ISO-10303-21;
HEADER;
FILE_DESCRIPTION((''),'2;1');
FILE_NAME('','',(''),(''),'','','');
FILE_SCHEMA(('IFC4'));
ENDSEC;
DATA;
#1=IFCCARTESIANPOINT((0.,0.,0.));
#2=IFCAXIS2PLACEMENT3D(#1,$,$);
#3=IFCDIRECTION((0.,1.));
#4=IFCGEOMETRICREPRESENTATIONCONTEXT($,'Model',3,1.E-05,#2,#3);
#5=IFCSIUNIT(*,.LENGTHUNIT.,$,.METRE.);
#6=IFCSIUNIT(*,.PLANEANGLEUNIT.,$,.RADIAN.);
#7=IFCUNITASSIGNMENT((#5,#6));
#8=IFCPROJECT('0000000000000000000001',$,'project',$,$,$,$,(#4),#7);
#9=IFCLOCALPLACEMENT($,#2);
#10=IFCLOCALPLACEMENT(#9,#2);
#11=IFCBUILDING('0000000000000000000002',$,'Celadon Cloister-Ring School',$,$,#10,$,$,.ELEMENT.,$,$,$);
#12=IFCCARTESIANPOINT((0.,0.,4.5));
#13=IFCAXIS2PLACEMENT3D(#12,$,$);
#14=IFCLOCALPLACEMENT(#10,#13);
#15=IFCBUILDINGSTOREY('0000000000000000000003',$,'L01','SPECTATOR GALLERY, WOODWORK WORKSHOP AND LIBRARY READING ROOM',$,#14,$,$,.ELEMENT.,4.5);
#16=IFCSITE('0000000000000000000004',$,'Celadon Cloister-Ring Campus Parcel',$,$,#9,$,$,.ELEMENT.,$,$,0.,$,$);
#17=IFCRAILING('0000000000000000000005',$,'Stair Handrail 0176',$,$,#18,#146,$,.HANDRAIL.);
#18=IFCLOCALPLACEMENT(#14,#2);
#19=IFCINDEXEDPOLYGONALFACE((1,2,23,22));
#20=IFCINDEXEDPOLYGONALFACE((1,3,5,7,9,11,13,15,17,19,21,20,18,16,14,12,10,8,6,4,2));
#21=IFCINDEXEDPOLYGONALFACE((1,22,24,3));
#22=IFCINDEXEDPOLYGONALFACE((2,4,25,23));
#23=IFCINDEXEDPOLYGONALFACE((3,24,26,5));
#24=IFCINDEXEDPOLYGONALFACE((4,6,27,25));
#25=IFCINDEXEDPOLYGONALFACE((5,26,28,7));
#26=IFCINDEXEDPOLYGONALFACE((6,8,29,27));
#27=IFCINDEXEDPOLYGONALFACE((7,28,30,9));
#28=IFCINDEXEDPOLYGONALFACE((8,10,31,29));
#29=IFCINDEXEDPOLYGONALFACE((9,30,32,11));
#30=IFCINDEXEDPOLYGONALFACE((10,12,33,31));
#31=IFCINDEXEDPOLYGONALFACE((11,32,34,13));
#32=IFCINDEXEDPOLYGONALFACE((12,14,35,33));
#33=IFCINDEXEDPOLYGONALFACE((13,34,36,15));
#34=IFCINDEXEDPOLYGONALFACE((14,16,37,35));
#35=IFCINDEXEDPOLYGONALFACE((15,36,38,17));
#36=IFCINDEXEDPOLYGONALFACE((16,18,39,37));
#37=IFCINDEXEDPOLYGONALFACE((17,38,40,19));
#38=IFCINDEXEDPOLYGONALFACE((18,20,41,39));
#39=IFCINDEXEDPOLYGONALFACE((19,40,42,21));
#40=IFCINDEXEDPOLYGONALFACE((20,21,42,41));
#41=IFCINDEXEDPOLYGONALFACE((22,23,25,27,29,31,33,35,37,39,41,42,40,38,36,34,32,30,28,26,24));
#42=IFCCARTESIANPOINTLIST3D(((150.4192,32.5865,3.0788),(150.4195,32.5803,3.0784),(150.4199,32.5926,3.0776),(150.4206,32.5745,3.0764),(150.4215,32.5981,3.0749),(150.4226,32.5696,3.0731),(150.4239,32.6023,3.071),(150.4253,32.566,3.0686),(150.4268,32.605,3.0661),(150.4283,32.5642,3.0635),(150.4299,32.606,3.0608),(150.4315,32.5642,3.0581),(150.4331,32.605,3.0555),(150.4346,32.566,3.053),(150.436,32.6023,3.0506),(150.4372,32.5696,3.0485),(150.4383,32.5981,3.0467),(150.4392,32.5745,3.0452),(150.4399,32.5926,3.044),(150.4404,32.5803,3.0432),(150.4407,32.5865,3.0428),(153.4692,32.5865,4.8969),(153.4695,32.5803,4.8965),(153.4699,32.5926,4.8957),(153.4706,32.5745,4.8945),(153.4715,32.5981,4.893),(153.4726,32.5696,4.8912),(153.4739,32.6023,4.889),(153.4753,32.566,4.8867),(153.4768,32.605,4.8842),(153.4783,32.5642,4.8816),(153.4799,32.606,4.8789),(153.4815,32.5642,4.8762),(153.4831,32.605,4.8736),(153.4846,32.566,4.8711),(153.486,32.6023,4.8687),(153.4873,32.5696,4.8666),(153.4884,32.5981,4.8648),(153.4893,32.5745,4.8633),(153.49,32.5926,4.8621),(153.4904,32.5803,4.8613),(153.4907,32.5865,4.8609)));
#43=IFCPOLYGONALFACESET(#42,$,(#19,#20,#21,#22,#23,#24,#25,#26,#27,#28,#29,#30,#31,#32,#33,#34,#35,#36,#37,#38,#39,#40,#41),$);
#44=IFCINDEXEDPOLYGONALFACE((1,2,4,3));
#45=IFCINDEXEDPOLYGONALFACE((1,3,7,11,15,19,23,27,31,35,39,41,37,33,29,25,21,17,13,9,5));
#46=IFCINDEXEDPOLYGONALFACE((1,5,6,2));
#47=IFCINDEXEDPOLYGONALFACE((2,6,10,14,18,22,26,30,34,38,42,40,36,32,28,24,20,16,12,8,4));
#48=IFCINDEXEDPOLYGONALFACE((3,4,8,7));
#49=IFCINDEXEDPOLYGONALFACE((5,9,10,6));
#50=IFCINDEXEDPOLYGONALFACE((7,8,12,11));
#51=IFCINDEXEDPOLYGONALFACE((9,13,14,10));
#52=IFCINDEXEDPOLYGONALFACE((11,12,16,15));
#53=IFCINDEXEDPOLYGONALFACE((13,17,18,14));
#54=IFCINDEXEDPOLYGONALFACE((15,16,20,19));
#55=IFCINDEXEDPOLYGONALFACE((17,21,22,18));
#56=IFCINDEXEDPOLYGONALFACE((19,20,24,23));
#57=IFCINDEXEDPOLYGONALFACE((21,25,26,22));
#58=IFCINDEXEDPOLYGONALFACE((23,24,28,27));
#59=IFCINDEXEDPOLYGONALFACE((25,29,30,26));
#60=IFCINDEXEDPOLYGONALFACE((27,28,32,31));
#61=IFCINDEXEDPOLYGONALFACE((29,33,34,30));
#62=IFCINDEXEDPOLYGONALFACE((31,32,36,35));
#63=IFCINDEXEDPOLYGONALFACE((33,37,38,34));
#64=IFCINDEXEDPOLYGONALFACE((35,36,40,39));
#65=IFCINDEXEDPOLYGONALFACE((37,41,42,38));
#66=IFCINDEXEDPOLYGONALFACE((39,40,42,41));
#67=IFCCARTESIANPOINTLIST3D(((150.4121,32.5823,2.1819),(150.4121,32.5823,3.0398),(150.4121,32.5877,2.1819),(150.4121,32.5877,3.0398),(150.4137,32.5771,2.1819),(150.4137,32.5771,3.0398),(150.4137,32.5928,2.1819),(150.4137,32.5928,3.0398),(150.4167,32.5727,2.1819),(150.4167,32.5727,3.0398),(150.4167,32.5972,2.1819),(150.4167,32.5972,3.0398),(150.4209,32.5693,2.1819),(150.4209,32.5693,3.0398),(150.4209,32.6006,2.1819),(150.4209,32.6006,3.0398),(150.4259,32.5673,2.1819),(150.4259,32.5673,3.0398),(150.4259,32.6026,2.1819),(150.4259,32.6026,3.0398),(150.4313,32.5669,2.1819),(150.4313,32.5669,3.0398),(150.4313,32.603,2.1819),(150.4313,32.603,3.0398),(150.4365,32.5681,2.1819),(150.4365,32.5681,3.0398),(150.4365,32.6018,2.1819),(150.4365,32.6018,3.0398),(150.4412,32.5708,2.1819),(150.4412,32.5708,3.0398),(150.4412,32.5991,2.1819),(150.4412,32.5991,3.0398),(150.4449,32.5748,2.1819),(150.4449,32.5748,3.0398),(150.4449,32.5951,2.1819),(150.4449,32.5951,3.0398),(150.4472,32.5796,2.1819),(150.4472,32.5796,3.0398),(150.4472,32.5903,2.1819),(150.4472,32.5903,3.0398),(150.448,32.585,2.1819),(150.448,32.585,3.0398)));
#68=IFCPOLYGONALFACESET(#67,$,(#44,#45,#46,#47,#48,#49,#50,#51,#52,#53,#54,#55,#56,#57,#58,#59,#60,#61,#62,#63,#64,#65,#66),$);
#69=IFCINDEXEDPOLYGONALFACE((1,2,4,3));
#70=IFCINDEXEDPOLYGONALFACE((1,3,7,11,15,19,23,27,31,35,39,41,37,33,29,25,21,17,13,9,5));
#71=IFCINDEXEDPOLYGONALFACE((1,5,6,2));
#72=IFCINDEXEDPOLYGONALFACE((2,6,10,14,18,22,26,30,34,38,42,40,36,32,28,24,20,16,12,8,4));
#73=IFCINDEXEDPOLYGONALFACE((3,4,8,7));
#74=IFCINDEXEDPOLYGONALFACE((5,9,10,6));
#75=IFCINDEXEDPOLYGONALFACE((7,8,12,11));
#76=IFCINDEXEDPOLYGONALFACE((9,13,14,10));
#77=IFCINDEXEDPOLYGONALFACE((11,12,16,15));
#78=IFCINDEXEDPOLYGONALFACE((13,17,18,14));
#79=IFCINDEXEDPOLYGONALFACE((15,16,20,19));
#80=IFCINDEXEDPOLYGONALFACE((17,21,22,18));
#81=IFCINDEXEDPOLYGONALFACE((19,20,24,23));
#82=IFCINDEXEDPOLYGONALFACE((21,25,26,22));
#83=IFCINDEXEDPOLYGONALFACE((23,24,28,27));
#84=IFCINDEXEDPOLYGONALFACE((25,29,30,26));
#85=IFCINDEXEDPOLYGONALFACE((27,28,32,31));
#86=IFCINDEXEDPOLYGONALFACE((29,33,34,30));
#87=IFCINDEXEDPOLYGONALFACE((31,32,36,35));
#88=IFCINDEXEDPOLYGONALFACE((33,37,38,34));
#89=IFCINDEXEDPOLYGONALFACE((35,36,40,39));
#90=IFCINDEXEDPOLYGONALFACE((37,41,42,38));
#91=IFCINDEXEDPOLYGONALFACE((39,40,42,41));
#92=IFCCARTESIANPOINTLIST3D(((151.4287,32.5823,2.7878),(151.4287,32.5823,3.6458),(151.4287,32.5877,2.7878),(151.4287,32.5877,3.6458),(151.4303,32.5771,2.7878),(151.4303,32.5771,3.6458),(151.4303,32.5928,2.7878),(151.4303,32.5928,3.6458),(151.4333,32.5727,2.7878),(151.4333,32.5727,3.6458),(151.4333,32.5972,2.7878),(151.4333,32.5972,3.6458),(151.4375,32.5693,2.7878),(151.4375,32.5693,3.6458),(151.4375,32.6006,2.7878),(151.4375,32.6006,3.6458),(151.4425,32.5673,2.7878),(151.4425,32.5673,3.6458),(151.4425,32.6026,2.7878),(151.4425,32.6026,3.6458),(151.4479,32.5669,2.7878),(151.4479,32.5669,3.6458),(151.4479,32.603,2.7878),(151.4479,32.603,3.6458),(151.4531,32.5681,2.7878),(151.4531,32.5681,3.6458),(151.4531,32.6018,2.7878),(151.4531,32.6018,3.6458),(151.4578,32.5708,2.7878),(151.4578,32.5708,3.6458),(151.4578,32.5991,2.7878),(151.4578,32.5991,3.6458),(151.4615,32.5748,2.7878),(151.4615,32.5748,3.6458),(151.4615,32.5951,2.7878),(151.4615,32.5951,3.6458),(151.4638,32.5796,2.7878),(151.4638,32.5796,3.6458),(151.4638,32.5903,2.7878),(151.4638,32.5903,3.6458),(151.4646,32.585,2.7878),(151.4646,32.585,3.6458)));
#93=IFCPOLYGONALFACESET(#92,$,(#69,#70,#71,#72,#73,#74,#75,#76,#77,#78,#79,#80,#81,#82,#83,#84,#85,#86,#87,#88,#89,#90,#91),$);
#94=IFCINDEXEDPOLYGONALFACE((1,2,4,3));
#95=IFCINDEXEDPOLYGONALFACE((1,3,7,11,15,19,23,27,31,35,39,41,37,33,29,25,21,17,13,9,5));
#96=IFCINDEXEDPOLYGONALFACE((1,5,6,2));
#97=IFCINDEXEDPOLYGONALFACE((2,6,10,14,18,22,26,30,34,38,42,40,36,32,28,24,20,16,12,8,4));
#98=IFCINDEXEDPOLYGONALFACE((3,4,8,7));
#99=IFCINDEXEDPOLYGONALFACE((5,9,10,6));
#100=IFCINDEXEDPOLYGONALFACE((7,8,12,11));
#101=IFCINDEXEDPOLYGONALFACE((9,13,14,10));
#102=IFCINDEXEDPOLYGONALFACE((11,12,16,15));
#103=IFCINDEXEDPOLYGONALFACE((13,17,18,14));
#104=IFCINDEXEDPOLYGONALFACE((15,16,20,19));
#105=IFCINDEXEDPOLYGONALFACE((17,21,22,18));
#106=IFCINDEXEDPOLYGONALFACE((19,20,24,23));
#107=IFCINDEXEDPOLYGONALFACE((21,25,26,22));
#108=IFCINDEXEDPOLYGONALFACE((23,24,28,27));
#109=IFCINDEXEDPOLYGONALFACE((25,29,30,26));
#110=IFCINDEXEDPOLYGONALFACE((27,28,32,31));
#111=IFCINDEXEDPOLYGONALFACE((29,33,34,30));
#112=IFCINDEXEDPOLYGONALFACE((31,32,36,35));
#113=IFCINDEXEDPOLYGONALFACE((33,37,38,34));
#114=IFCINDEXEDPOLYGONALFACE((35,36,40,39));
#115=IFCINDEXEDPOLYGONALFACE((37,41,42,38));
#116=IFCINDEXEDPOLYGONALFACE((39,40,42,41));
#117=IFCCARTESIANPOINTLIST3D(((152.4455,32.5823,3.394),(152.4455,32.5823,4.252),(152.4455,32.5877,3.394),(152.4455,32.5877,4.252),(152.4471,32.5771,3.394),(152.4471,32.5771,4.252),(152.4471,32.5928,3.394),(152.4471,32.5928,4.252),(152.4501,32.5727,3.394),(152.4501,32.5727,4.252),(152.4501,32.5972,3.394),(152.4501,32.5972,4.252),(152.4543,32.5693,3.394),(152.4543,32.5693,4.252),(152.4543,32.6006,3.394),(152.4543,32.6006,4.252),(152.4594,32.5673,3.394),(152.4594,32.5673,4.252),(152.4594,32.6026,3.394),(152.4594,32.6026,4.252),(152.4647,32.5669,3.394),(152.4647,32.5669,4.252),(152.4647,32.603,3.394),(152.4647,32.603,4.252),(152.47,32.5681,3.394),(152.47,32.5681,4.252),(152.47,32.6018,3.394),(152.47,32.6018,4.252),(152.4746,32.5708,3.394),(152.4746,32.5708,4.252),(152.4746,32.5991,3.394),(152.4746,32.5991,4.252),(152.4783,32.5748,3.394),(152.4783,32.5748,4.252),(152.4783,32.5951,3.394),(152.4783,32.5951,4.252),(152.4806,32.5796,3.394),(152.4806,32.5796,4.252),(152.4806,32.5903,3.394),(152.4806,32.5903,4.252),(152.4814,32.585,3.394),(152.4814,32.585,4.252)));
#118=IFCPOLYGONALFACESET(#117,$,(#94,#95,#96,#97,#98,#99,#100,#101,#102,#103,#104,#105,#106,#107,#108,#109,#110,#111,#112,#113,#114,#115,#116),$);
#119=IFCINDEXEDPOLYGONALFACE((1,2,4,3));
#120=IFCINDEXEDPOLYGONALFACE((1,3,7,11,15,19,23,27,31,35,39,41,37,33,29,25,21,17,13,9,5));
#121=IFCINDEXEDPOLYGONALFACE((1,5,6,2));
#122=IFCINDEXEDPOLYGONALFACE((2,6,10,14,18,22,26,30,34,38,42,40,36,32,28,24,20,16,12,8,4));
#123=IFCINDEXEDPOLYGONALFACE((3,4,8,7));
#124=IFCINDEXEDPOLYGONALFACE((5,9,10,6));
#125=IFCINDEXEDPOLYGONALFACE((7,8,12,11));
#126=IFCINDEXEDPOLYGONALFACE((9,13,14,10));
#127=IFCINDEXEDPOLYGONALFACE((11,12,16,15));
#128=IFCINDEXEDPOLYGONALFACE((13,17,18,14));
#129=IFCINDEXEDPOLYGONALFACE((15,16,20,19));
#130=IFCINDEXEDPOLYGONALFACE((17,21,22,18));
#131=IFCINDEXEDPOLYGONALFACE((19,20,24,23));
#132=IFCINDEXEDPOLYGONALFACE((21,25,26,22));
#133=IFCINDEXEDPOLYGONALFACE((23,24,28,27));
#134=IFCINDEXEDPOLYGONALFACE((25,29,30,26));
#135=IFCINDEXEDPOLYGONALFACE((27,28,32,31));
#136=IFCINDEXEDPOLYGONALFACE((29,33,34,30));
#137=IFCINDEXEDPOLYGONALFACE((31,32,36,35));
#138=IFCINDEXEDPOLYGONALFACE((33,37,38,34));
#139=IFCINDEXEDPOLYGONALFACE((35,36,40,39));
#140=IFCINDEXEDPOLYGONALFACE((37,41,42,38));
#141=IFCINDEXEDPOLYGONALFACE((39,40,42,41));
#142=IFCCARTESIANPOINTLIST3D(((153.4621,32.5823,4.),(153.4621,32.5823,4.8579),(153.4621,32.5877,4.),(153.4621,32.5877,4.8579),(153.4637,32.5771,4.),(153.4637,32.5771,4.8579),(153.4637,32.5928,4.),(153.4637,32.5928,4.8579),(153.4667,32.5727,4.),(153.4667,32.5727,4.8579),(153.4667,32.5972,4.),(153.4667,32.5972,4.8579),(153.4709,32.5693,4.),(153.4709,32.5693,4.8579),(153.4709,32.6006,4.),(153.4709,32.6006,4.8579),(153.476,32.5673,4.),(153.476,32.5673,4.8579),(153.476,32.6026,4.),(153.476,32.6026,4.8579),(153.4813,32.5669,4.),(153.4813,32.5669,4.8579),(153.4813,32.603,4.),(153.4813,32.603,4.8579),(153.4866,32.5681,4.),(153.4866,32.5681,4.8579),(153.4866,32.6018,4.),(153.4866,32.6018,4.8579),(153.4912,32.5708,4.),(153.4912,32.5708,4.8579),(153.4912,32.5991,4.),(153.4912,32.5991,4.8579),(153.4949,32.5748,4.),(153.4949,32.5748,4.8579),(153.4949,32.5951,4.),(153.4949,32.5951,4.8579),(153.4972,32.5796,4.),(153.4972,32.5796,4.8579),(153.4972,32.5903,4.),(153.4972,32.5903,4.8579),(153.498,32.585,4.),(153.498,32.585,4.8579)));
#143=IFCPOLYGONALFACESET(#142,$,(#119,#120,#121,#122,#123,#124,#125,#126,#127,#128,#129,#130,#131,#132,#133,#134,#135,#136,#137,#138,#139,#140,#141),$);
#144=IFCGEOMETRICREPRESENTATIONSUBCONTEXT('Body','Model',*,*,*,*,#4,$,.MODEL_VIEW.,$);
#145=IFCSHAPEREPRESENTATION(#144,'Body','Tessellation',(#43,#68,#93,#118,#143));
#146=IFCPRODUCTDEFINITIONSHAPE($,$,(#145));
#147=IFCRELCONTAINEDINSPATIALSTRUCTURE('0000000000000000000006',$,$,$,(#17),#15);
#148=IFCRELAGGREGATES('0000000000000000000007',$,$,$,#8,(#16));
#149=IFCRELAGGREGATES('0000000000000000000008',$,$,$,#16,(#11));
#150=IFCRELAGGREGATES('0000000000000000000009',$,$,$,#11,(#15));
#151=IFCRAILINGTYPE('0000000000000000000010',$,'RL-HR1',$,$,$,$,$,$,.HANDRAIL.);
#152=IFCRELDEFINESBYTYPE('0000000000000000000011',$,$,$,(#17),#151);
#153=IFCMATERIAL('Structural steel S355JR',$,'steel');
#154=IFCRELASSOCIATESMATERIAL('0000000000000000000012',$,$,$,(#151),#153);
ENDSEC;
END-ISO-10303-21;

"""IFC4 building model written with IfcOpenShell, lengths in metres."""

from ifc_helpers import new_model, si_unit, direction, frame, origin, origin_2d, place, context, subcontext, project, spatial, circle, extrude, material, type_object, element, save


model = new_model("IFC4")

# Units and contexts
model_context = context("Model", 3, precision=1e-05, world=origin(), true_north=direction((0.0, 1.0)))
body_context = subcontext(model_context, "Body", "Model", "MODEL_VIEW")
ifc_project = project(units=[si_unit("LENGTHUNIT", "METRE"), si_unit("PLANEANGLEUNIT", "RADIAN")], contexts=[model_context])

# Site, building, storey
site_placement = place(None, origin())
site = spatial("IfcSite", under=ifc_project, at=site_placement, Name="Celadon Cloister-Ring Campus Parcel", CompositionType="ELEMENT", RefElevation=0.0)
building_placement = place(site_placement, origin())
building = spatial("IfcBuilding", under=site, at=building_placement, Name="Celadon Cloister-Ring School", CompositionType="ELEMENT")
storey_placement = place(building_placement, frame((0.0, 0.0, 4.5)))
storey = spatial("IfcBuildingStorey", under=building, at=storey_placement, Name="L01", Description="SPECTATOR GALLERY, WOODWORK WORKSHOP AND LIBRARY READING ROOM", CompositionType="ELEMENT", Elevation=4.5)

# Railing
ifc_material_1 = material(Name="Structural steel S355JR", Category="steel")
railing_type_1 = type_object("IfcRailingType", Name="RL-HR1", PredefinedType="HANDRAIL", material=ifc_material_1)
for number, where, name in (
    (1, (150.4299, 32.585, 2.1819), "Stair Handrail 0176"),
):
    element("IfcRailing", number, at=place(storey_placement, frame(where)), inside=storey, type_object=railing_type_1, Name=name, PredefinedType="HANDRAIL", context=body_context, shape_type="SweptSolid", body=[
        extrude(circle(Radius=0.021, at=origin_2d()), frame((0.0, 0.0, 0.8789), z_axis=(0.85897, 0.0, 0.512026), x_axis=(0.0, 1.0, 0.0)), (0.0, 0.0, 1.0), 3.5508),
        extrude(circle(Radius=0.0181, at=origin_2d()), origin(), (0.0, 0.0, 1.0), 0.8579),
        extrude(circle(Radius=0.0181, at=origin_2d()), frame((1.0166, 0.0, 0.606)), (0.0, 0.0, 1.0), 0.8579),
        extrude(circle(Radius=0.0181, at=origin_2d()), frame((2.0334, 0.0, 1.2122)), (0.0, 0.0, 1.0), 0.8579),
        extrude(circle(Radius=0.0181, at=origin_2d()), frame((3.05, 0.0, 1.8181)), (0.0, 0.0, 1.0), 0.8579),
    ])

save(model, "model.ifc")
